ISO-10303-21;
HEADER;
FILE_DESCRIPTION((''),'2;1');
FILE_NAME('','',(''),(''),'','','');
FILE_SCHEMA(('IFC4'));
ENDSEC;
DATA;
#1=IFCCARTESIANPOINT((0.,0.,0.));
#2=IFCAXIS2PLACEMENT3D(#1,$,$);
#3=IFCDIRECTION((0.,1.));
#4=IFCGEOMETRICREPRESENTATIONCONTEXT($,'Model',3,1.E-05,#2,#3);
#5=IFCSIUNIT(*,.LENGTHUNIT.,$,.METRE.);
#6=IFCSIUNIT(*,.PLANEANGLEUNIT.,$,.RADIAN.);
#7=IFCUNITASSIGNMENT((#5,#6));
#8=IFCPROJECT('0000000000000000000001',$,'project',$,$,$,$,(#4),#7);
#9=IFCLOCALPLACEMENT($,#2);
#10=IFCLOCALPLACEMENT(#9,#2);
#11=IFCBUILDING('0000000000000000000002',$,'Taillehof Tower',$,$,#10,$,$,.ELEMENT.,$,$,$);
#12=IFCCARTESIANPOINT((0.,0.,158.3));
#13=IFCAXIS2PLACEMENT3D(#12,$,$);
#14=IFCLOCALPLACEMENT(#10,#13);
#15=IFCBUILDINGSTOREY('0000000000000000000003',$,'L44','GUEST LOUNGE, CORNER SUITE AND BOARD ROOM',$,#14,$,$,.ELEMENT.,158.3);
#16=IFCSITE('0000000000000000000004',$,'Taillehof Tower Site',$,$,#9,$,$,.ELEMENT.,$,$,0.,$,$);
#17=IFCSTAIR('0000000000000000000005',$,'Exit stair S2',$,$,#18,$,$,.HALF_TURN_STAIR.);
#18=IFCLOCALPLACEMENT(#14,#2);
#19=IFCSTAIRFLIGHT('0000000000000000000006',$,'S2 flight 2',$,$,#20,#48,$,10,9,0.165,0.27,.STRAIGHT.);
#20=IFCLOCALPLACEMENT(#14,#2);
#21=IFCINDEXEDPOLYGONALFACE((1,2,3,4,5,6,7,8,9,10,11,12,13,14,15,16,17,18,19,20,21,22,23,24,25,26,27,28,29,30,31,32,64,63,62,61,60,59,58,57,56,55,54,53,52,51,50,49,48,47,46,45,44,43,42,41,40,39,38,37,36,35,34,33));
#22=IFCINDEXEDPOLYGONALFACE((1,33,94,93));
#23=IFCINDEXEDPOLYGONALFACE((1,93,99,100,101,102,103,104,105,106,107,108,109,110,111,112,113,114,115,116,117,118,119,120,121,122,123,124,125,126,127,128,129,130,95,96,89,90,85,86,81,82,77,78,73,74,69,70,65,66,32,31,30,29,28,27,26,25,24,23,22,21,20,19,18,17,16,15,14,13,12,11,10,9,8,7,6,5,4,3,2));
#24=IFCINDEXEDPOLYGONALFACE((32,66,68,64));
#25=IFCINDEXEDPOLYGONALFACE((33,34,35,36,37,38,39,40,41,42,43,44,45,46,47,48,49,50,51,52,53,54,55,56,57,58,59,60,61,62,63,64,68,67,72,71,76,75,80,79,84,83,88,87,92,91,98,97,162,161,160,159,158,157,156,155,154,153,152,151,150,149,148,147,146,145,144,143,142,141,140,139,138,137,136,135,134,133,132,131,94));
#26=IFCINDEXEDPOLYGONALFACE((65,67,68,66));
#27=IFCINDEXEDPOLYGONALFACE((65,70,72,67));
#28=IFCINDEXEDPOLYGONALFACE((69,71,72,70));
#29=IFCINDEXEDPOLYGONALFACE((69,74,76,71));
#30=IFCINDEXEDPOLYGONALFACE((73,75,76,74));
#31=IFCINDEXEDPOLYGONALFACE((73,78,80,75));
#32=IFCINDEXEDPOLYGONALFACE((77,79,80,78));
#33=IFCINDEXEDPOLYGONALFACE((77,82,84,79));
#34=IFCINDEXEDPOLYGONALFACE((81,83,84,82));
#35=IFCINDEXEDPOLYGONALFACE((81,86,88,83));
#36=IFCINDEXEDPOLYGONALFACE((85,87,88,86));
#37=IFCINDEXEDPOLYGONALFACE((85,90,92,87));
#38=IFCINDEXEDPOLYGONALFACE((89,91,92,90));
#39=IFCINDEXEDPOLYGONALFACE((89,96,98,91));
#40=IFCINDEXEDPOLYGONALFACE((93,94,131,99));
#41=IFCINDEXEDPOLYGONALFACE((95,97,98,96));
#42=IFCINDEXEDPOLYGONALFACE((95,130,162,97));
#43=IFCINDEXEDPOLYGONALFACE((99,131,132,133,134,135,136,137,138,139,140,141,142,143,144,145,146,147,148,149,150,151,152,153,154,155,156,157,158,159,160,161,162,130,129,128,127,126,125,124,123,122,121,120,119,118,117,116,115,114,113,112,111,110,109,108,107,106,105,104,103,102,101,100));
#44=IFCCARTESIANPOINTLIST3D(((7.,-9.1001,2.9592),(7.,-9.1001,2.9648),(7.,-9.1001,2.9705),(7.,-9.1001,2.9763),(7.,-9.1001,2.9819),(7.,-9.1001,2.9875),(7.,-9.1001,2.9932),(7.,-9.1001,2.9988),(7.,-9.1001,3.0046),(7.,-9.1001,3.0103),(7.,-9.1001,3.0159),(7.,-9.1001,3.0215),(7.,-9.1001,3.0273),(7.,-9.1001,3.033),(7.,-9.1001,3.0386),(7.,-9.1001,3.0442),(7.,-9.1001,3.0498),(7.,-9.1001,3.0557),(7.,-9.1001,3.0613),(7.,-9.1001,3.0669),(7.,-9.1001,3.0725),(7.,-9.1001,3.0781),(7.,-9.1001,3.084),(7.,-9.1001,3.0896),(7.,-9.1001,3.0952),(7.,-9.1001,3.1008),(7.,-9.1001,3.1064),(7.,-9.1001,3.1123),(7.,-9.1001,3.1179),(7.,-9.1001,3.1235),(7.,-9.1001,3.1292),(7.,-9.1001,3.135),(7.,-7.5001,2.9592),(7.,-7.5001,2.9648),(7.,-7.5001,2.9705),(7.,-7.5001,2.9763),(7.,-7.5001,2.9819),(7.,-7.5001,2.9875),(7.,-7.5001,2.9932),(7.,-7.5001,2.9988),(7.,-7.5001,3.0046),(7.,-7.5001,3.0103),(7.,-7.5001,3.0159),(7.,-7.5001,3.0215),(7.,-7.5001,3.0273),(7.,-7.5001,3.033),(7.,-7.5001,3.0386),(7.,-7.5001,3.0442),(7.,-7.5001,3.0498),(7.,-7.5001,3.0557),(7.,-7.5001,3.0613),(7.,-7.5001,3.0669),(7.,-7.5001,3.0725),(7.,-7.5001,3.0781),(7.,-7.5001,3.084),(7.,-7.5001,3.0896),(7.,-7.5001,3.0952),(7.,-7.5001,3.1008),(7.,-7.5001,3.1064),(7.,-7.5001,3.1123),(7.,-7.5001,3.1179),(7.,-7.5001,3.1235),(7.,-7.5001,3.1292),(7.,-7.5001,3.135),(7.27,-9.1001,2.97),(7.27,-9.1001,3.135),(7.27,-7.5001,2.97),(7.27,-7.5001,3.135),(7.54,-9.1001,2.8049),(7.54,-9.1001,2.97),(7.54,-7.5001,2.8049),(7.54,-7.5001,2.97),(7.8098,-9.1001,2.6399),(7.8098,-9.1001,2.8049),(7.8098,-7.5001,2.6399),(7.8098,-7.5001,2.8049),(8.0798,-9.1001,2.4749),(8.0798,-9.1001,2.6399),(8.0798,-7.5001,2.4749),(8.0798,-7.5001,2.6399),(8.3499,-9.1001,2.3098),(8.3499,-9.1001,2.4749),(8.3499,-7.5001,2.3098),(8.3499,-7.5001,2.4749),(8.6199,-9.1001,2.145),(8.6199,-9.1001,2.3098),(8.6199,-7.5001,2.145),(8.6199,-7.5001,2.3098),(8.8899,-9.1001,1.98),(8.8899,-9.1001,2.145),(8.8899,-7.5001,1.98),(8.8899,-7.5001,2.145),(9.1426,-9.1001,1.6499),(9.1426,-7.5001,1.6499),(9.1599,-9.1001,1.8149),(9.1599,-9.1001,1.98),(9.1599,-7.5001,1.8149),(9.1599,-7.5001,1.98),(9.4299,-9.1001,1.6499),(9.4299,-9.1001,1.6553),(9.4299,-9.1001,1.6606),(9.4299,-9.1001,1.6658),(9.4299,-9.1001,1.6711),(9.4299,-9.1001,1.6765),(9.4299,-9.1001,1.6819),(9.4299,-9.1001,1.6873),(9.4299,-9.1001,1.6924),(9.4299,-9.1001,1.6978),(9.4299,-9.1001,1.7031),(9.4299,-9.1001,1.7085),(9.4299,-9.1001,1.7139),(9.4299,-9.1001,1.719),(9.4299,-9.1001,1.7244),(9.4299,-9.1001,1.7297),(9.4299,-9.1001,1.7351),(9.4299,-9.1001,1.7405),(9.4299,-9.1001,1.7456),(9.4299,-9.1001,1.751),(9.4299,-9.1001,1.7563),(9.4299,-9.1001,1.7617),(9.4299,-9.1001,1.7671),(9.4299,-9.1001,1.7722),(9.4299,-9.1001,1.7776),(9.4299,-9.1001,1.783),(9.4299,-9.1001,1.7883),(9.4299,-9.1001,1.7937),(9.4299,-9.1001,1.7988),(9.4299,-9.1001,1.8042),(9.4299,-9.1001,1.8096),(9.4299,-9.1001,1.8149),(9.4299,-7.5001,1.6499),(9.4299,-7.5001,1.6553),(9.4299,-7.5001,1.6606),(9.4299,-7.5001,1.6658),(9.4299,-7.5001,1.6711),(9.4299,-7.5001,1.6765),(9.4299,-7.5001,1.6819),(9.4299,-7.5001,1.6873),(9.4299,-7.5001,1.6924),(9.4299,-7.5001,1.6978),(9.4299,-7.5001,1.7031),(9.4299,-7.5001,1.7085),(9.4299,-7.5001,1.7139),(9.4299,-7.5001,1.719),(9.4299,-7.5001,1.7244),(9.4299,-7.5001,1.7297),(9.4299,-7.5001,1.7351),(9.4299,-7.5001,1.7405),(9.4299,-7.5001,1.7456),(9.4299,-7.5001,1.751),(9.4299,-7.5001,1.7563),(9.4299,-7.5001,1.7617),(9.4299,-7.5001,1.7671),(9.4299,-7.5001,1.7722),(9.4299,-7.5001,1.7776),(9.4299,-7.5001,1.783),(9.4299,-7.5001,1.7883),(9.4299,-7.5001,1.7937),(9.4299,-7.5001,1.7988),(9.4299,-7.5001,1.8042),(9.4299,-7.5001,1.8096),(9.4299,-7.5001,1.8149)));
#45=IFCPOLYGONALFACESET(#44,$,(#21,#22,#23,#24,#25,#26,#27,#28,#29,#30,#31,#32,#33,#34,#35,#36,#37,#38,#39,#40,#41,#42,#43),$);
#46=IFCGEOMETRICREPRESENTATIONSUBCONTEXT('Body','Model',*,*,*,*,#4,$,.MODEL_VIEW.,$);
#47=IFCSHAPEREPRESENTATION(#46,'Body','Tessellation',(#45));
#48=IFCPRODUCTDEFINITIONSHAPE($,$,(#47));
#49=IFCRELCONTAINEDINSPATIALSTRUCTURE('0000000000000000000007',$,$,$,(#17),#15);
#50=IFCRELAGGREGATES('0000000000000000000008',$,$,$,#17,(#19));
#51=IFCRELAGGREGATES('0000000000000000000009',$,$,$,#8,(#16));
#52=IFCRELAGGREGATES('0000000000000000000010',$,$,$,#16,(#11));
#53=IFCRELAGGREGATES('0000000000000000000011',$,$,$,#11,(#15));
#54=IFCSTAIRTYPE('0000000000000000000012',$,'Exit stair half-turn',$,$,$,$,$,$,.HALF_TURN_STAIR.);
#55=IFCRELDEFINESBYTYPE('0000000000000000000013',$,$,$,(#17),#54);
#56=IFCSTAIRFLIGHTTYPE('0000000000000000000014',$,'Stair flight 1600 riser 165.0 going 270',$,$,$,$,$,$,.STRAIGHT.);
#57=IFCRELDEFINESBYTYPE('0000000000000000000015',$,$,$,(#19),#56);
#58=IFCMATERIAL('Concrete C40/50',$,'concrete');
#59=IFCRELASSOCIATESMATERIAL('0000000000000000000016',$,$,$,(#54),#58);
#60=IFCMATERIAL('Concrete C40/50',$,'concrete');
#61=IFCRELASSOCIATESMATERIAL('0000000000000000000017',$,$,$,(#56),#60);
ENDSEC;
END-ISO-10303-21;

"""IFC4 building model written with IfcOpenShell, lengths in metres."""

from ifc_helpers import new_model, si_unit, direction, frame, origin, place, context, subcontext, project, spatial, polyline, outline, extrude, material, type_object, element, aggregate, save


model = new_model("IFC4")

# Units and contexts
model_context = context("Model", 3, precision=1e-05, world=origin(), true_north=direction((0.0, 1.0)))
body_context = subcontext(model_context, "Body", "Model", "MODEL_VIEW")
ifc_project = project(units=[si_unit("LENGTHUNIT", "METRE"), si_unit("PLANEANGLEUNIT", "RADIAN")], contexts=[model_context])

# Site, building, storey
site_placement = place(None, origin())
site = spatial("IfcSite", under=ifc_project, at=site_placement, Name="Taillehof Tower Site", CompositionType="ELEMENT", RefElevation=0.0)
building_placement = place(site_placement, origin())
building = spatial("IfcBuilding", under=site, at=building_placement, Name="Taillehof Tower", CompositionType="ELEMENT")
storey_placement = place(building_placement, frame((0.0, 0.0, 158.3)))
storey = spatial("IfcBuildingStorey", under=building, at=storey_placement, Name="L44", Description="GUEST LOUNGE, CORNER SUITE AND BOARD ROOM", CompositionType="ELEMENT", Elevation=158.3)

# Stair, stair flight
ifc_material_1 = material(Name="Concrete C40/50", Category="concrete")
stair_type = type_object("IfcStairType", Name="Exit stair half-turn", PredefinedType="HALF_TURN_STAIR", material=ifc_material_1)
stair_placement = place(storey_placement, origin())
stair = element("IfcStair", 1, at=stair_placement, inside=storey, type_object=stair_type, Name="Exit stair S2", PredefinedType="HALF_TURN_STAIR")
ifc_material_2 = material(Name="Concrete C40/50", Category="concrete")
stair_flight_type = type_object("IfcStairFlightType", Name="Stair flight 1600 riser 165.0 going 270", PredefinedType="STRAIGHT", material=ifc_material_2)
stair_flight_placement = place(storey_placement, frame((9.4299, -8.3, 1.6499), z_axis=(0.0, 0.0, 1.0), x_axis=(-1.0, 0.0, 0.0)))
stair_flight = element("IfcStairFlight", 2, at=stair_flight_placement, type_object=stair_flight_type, Name="S2 flight 2", NumberOfRisers=10, NumberOfTreads=9, PredefinedType="STRAIGHT", RiserHeight=0.165, TreadLength=0.27, context=body_context, shape_type="SweptSolid", body=[
    extrude(outline(polyline([(0.0, 0.0), (0.0, 0.0054), (0.0, 0.0107), (0.0, 0.0159), (0.0, 0.0212), (0.0, 0.0266), (0.0, 0.032), (0.0, 0.0374), (0.0, 0.0425), (0.0, 0.0479), (0.0, 0.0532), (0.0, 0.0586), (0.0, 0.064), (0.0, 0.0691), (0.0, 0.0745), (0.0, 0.0798), (0.0, 0.0852), (0.0, 0.0906), (0.0, 0.0957), (0.0, 0.1011), (0.0, 0.1064), (0.0, 0.1118), (0.0, 0.1172), (0.0, 0.1223), (0.0, 0.1277), (0.0, 0.1331), (0.0, 0.1384), (0.0, 0.1438), (0.0, 0.1489), (0.0, 0.1543), (0.0, 0.1597), (0.0, 0.165), (0.27, 0.165), (0.27, 0.3301), (0.54, 0.3301), (0.54, 0.4951), (0.8101, 0.4951), (0.8101, 0.6599), (1.0801, 0.6599), (1.0801, 0.825), (1.3501, 0.825), (1.3501, 0.99), (1.6201, 0.99), (1.6201, 1.155), (1.8899, 1.155), (1.8899, 1.3201), (2.1599, 1.3201), (2.1599, 1.4851), (2.4299, 1.4851), (2.4299, 1.4792), (2.4299, 1.4736), (2.4299, 1.468), (2.4299, 1.4624), (2.4299, 1.4565), (2.4299, 1.4509), (2.4299, 1.4453), (2.4299, 1.4397), (2.4299, 1.4341), (2.4299, 1.4282), (2.4299, 1.4226), (2.4299, 1.417), (2.4299, 1.4114), (2.4299, 1.4058), (2.4299, 1.3999), (2.4299, 1.3943), (2.4299, 1.3887), (2.4299, 1.3831), (2.4299, 1.3774), (2.4299, 1.3716), (2.4299, 1.366), (2.4299, 1.3604), (2.4299, 1.3547), (2.4299, 1.3489), (2.4299, 1.3433), (2.4299, 1.3376), (2.4299, 1.332), (2.4299, 1.3264), (2.4299, 1.3206), (2.4299, 1.3149), (2.4299, 1.3093), (0.2874, 0.0), (0.0, 0.0)])), frame((0.0, 0.8, 0.0), z_axis=(0.0, -1.0, 0.0), x_axis=(1.0, 0.0, 0.0)), (0.0, 0.0, 1.0), 1.6),
])
aggregate(stair, [stair_flight])

save(model, "model.ifc")
